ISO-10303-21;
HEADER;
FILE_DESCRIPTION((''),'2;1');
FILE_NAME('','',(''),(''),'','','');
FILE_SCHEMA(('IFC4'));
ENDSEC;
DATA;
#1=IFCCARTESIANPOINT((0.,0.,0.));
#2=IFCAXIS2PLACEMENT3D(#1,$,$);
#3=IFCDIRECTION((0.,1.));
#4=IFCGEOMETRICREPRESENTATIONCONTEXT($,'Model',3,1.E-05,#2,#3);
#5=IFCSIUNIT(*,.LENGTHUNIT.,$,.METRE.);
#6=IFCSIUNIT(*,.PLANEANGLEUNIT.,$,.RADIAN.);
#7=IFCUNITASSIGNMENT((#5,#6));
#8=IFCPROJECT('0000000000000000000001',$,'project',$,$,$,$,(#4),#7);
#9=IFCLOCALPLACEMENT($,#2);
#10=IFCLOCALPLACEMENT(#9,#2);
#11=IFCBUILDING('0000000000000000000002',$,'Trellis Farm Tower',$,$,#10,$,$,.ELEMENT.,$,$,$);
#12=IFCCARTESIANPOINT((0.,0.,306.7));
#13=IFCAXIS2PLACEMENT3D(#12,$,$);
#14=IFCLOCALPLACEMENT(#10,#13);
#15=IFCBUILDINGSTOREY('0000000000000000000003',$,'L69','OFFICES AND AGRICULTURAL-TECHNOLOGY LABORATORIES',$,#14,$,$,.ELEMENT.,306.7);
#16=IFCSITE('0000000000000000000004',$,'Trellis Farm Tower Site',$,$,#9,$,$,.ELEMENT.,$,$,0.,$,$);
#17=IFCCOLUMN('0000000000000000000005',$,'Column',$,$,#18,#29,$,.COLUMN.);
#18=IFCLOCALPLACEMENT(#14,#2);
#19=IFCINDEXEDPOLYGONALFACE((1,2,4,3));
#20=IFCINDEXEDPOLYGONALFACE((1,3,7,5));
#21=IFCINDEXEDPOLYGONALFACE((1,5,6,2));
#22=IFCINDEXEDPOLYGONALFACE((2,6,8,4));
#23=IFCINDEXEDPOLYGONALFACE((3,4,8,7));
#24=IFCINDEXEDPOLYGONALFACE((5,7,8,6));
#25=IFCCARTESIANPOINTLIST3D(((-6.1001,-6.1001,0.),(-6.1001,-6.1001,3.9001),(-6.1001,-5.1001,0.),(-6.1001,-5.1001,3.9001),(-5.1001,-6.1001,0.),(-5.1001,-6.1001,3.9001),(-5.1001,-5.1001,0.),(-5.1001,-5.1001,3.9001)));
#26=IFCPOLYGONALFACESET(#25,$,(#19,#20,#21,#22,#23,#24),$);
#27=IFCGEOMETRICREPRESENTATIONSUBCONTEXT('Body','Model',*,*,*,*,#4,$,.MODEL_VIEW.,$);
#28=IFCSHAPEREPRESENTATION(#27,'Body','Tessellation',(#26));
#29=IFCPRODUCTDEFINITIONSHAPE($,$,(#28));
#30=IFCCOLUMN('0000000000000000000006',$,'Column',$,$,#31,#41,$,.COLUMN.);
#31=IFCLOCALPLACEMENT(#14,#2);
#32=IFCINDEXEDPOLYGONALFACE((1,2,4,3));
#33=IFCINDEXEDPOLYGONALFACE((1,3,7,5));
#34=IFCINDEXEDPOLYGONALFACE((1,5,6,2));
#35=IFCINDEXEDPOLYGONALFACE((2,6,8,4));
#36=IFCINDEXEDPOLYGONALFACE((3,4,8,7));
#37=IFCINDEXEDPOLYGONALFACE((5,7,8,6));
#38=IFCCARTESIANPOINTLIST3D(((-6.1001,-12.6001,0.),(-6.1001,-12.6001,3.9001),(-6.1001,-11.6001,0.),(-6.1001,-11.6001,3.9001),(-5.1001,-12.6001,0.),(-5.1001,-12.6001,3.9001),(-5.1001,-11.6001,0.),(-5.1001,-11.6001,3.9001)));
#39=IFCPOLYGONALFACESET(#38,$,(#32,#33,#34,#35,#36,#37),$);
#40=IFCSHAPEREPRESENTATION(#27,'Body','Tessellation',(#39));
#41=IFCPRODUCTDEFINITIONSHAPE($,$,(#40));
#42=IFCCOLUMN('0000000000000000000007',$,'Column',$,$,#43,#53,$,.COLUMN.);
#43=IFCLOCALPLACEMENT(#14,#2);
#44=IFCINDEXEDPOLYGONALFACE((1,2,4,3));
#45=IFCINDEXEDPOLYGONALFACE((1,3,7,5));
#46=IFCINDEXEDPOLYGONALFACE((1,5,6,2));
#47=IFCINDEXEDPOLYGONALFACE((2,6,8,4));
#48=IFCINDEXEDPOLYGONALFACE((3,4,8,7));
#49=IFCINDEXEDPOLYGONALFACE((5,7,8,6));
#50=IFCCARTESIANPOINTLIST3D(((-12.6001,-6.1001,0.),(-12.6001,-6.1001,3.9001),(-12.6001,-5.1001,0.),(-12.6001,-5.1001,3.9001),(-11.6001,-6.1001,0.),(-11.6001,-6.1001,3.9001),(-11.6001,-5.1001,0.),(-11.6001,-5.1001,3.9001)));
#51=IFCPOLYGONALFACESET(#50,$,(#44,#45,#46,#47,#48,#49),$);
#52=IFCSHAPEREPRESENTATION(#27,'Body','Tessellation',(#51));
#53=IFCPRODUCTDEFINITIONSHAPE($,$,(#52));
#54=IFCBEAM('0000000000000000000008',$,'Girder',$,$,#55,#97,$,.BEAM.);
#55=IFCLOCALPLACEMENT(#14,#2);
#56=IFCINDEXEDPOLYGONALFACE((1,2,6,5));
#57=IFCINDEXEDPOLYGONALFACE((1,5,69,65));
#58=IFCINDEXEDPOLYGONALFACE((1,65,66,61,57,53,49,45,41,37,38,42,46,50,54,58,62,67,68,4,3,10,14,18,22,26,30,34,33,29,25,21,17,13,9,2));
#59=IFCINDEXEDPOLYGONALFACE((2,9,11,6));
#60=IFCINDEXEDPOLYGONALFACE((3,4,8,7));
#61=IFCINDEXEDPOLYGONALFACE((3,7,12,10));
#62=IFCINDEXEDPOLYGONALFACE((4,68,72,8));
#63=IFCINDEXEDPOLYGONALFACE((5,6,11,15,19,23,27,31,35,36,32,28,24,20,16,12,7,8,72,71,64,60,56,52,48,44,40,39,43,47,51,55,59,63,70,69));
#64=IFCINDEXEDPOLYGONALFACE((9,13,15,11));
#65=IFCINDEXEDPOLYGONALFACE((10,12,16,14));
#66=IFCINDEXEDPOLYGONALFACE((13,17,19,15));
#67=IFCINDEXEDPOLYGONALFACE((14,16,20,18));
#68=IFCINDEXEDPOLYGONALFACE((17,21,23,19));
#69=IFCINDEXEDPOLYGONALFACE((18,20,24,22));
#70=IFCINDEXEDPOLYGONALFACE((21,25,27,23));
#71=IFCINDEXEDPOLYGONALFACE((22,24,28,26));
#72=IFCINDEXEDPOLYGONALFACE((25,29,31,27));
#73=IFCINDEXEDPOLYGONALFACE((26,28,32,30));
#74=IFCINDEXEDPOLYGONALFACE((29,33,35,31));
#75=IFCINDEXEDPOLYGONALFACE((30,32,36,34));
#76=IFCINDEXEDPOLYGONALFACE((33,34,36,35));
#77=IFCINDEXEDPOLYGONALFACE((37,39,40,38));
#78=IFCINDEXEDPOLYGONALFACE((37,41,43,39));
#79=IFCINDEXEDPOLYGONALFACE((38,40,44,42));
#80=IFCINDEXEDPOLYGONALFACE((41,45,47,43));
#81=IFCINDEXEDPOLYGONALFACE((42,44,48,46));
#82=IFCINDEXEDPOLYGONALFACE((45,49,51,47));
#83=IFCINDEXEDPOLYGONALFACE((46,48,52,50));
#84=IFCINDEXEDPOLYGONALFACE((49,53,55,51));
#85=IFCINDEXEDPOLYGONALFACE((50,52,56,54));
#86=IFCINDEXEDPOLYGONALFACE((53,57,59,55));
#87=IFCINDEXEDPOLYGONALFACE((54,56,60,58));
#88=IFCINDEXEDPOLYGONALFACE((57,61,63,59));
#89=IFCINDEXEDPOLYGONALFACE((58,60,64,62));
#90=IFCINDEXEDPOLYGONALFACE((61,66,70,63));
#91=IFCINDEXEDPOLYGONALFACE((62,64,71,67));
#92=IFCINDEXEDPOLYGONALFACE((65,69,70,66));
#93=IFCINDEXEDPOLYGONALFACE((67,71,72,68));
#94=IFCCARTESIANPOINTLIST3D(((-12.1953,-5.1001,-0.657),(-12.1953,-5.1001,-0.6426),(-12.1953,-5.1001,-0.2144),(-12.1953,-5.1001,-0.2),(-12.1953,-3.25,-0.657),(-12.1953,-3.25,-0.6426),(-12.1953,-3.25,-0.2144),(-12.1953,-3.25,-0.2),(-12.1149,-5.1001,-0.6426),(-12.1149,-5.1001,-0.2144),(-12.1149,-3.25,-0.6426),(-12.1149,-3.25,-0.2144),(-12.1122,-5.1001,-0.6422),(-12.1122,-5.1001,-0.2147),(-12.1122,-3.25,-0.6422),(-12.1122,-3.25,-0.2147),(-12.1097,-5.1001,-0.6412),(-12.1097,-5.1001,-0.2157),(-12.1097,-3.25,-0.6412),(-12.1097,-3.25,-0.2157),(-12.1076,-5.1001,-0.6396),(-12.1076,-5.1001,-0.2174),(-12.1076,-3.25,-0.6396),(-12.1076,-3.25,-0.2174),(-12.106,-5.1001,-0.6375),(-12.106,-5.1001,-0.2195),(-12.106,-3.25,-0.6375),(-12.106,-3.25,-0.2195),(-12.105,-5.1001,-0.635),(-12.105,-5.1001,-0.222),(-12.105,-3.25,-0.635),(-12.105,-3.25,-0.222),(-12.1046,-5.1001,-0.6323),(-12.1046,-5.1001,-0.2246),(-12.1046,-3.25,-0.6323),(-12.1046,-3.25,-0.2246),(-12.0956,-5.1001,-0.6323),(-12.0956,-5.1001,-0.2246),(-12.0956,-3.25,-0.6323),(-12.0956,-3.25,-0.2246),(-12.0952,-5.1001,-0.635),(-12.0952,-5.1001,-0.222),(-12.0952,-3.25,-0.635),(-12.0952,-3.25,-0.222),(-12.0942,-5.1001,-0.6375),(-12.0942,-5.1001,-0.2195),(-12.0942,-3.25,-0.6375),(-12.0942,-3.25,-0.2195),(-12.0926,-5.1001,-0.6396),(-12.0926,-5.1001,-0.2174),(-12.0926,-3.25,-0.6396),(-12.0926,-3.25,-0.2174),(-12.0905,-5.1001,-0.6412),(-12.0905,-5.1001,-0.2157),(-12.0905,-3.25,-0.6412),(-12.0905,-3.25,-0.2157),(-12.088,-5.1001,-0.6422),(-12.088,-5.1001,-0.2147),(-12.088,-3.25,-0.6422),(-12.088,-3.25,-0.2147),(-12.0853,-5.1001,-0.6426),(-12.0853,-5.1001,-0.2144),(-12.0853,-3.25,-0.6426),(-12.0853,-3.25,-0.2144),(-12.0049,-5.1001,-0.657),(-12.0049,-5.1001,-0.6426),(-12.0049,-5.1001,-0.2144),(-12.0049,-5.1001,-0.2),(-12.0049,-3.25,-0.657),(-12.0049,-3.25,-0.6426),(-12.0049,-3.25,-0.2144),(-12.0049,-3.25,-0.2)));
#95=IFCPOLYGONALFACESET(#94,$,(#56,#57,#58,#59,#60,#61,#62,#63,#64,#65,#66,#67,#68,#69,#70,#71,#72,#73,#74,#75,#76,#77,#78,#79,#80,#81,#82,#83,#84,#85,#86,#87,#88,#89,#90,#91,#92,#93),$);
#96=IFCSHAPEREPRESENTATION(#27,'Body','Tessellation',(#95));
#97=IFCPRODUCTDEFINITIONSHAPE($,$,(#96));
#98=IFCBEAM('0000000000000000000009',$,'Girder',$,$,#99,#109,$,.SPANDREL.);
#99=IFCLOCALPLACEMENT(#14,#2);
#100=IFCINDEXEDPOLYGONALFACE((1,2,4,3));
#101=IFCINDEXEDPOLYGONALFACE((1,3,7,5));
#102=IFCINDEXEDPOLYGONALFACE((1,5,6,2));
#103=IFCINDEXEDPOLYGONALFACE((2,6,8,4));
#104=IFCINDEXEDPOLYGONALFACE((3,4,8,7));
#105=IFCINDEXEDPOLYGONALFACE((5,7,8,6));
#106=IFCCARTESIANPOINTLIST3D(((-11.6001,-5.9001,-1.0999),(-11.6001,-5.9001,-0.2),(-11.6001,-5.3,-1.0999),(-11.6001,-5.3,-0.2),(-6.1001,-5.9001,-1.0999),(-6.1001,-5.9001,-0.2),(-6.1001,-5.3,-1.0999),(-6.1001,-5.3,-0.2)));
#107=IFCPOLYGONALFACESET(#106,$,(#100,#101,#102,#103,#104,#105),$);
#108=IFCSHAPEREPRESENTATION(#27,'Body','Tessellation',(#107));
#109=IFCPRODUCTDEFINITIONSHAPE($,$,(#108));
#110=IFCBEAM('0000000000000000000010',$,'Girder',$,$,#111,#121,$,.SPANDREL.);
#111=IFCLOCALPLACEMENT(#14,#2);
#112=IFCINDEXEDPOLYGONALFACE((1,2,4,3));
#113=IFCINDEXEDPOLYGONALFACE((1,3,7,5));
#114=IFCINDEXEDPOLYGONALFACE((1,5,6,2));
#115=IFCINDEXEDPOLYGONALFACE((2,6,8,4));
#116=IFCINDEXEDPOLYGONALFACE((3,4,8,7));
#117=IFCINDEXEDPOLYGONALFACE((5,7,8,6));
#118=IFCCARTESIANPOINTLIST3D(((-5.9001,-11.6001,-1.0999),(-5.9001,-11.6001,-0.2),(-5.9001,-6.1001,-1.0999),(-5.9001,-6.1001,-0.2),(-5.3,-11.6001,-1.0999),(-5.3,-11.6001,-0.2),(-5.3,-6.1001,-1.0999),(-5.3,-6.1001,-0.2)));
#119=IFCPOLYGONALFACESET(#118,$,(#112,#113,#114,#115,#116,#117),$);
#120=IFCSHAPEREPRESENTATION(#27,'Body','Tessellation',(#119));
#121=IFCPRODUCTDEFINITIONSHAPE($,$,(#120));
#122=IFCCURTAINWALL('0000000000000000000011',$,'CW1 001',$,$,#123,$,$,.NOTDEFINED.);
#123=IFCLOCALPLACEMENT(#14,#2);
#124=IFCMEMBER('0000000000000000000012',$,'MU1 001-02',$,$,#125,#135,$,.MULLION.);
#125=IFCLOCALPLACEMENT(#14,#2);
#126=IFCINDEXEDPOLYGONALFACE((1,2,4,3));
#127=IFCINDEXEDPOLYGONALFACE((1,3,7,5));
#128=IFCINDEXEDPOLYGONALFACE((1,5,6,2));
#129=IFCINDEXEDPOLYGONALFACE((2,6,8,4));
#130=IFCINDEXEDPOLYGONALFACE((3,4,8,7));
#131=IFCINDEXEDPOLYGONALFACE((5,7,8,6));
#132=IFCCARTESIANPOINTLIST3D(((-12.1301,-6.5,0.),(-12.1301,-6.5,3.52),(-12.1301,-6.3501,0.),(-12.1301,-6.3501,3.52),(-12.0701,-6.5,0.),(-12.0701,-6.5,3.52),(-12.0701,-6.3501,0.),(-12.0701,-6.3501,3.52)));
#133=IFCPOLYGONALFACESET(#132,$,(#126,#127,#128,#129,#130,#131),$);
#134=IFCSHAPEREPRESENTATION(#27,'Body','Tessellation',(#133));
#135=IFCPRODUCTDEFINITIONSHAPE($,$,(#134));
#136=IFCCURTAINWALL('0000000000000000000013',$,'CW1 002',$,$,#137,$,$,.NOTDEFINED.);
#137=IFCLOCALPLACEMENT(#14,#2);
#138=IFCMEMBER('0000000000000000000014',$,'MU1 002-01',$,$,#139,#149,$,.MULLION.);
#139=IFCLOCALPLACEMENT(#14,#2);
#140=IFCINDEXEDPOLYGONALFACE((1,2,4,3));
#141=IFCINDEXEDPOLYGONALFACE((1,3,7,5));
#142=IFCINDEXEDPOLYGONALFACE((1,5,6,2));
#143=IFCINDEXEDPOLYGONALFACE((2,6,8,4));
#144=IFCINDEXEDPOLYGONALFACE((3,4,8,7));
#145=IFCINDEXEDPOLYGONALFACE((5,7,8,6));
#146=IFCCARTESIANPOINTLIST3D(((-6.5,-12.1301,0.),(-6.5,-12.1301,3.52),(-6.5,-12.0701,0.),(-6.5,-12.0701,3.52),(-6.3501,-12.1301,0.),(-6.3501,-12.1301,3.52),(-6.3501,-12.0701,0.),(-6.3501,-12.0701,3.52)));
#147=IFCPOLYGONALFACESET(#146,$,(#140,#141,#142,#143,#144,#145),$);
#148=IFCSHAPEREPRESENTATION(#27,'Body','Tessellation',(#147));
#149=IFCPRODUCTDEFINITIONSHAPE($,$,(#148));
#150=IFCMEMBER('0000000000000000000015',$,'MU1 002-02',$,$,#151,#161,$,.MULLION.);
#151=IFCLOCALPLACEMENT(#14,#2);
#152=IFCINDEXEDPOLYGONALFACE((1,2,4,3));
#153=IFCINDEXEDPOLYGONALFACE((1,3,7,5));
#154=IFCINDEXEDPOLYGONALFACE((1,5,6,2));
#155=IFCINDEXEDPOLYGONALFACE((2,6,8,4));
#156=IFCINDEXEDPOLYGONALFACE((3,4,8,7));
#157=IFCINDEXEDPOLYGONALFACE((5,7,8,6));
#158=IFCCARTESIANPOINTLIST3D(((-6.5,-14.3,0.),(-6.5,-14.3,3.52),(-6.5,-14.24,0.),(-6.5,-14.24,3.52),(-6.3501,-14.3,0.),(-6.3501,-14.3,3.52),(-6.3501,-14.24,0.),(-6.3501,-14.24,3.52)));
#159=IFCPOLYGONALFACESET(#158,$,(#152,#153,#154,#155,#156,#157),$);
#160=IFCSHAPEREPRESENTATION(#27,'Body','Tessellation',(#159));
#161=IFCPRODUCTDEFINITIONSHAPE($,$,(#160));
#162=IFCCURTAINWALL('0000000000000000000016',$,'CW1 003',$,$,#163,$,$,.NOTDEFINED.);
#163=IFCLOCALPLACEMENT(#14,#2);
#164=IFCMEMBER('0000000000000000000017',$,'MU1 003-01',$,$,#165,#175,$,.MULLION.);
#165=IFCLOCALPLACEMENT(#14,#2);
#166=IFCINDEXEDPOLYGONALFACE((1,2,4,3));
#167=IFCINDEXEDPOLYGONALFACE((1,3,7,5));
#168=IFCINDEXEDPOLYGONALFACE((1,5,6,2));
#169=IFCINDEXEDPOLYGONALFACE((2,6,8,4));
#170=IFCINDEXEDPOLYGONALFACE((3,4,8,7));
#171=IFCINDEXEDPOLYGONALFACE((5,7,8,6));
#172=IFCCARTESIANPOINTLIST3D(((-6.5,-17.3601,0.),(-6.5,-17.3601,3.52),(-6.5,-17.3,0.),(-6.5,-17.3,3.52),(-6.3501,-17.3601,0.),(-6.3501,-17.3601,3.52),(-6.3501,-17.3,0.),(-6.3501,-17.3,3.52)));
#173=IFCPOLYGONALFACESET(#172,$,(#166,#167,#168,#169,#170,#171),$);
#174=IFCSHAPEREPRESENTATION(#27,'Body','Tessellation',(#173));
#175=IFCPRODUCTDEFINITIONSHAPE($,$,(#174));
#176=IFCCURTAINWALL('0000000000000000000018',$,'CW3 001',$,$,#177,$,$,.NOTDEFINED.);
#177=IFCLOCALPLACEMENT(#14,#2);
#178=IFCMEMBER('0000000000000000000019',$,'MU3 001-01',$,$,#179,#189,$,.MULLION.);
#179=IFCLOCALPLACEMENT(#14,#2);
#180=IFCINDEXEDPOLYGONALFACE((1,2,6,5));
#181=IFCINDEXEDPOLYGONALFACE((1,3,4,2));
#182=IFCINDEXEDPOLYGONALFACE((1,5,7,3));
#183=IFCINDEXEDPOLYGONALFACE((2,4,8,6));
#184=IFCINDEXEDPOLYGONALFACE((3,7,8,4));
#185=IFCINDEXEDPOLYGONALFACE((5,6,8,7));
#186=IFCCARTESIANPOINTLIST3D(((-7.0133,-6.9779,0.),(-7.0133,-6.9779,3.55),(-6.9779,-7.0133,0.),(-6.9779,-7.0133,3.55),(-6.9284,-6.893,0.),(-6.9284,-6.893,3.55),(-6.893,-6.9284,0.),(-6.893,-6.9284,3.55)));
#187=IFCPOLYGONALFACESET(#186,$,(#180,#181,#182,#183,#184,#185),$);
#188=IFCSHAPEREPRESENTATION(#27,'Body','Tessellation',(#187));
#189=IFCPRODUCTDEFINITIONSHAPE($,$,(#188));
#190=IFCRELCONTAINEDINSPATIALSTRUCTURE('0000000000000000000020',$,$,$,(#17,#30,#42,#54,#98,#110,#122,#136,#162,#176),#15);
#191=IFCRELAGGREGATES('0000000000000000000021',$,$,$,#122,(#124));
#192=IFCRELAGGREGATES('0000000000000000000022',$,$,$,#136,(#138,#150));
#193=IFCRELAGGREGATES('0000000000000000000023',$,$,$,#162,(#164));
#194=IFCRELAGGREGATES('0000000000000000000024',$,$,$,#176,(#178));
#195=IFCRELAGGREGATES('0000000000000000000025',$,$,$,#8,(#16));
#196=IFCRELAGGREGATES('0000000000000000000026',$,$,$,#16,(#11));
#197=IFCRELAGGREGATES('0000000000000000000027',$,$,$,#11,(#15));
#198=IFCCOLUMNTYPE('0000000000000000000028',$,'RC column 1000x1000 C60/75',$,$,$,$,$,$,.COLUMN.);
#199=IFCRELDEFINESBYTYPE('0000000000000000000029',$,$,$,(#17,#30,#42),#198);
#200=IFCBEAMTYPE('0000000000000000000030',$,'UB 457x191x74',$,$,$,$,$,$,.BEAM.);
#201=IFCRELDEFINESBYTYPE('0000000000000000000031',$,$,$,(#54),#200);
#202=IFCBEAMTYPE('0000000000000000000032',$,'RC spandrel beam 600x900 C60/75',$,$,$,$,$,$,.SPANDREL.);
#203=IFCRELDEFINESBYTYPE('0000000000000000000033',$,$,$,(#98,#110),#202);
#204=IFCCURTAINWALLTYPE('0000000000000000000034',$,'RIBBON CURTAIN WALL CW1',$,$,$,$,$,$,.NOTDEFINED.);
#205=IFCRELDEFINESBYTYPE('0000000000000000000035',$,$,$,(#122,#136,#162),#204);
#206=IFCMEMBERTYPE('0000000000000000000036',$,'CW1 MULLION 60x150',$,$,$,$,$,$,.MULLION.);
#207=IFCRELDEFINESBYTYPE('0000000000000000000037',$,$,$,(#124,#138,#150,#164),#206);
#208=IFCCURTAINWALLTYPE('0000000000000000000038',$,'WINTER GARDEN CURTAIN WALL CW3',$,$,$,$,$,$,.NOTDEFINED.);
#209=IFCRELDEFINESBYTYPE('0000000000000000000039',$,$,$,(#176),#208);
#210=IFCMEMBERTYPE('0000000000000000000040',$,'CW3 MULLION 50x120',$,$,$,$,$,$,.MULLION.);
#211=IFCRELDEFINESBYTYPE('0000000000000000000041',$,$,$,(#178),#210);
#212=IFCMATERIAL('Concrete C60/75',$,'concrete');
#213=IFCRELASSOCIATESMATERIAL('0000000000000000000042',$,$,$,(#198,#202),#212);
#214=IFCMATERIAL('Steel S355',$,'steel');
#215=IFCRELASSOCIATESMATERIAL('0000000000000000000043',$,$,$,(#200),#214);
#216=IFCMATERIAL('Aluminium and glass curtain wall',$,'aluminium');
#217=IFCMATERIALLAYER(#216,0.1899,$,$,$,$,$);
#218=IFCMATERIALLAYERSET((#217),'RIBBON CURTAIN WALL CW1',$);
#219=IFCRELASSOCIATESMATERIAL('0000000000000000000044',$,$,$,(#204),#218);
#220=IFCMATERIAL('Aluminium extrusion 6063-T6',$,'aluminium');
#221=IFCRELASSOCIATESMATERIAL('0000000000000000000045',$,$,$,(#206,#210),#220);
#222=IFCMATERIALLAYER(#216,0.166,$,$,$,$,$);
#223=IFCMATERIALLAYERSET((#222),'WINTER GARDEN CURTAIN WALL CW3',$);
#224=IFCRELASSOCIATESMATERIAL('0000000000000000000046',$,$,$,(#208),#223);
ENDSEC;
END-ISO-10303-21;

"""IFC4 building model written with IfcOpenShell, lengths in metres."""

from ifc_helpers import new_model, si_unit, direction, frame, origin, origin_2d, place, context, subcontext, project, spatial, rectangle, i_section, extrude, source, transform, mapped, material, layer, layer_set, material_profile, profile_set, type_object, element, aggregate, save


model = new_model("IFC4")

# Units and contexts
model_context = context("Model", 3, precision=1e-05, world=origin(), true_north=direction((0.0, 1.0)))
body_context = subcontext(model_context, "Body", "Model", "MODEL_VIEW")
ifc_project = project(units=[si_unit("LENGTHUNIT", "METRE"), si_unit("PLANEANGLEUNIT", "RADIAN")], contexts=[model_context])

# Site, building, storey
site_placement = place(None, origin())
site = spatial("IfcSite", under=ifc_project, at=site_placement, Name="Trellis Farm Tower Site", CompositionType="ELEMENT", RefElevation=0.0)
building_placement = place(site_placement, origin())
building = spatial("IfcBuilding", under=site, at=building_placement, Name="Trellis Farm Tower", CompositionType="ELEMENT")
storey_placement = place(building_placement, frame((0.0, 0.0, 306.7)))
storey = spatial("IfcBuildingStorey", under=building, at=storey_placement, Name="L69", Description="OFFICES AND AGRICULTURAL-TECHNOLOGY LABORATORIES", CompositionType="ELEMENT", Elevation=306.7)

# Columns
ifc_material_1 = material(Name="Concrete C60/75", Category="concrete")
ifc_material_profile_1 = material_profile(ifc_material_1, rectangle(XDim=1.0, YDim=1.0, at=origin_2d()), Name="RC column 1000x1000 C60/75")
ifc_profile_set_1 = profile_set([ifc_material_profile_1], Name="Concrete C60/75")
column_type = type_object("IfcColumnType", Name="RC column 1000x1000 C60/75", PredefinedType="COLUMN", material=ifc_profile_set_1)
shared_shape_1 = source(origin(), body_context, "Body", "SweptSolid", [
    extrude(rectangle(XDim=1.0, YDim=1.0, at=origin_2d()), origin(), (0.0, 0.0, 1.0), 3.9001),
])
for number, where, z_axis, x_axis, name in (
    (1, (-5.6001, -5.6001, 0.0), (0.0, 0.0, 1.0), (1.0, 0.0, 0.0), "Column"),
    (2, (-5.6001, -12.1001, 0.0), (0.0, 0.0, 1.0), (1.0, 0.0, 0.0), "Column"),
    (3, (-12.1001, -5.6001, 0.0), (0.0, 0.0, 1.0), (1.0, 0.0, 0.0), "Column"),
):
    element("IfcColumn", number, at=place(storey_placement, frame(where, z_axis=z_axis, x_axis=x_axis)), inside=storey, type_object=column_type, Name=name, PredefinedType="COLUMN", context=body_context, shape_type="MappedRepresentation", body=[
        mapped(shared_shape_1, transform((0.0, 0.0, 0.0))),
    ])

# Beams
ifc_material_2 = material(Name="Steel S355", Category="steel")
ifc_material_profile_2 = material_profile(ifc_material_2, i_section(OverallWidth=0.1904, OverallDepth=0.457, WebThickness=0.009, FlangeThickness=0.0144, FilletRadius=0.0103, at=origin_2d()), Name="UB 457x191x74")
ifc_profile_set_2 = profile_set([ifc_material_profile_2], Name="Steel S355")
beam_type_1 = type_object("IfcBeamType", Name="UB 457x191x74", PredefinedType="BEAM", material=ifc_profile_set_2)
shared_shape_2 = source(origin(), body_context, "Body", "SweptSolid", [
    extrude(i_section(OverallWidth=0.1904, OverallDepth=0.457, WebThickness=0.009, FlangeThickness=0.0144, FilletRadius=0.0103, at=origin_2d()), origin(), (0.0, 0.0, 1.0), 1.8501),
])
beam_placement = place(storey_placement, frame((-12.1001, -5.1001, -0.4285), z_axis=(0.0, 1.0, 0.0), x_axis=(-1.0, 0.0, 0.0)))
element("IfcBeam", 4, at=beam_placement, inside=storey, type_object=beam_type_1, Name="Girder", PredefinedType="BEAM", context=body_context, shape_type="MappedRepresentation", body=[
    mapped(shared_shape_2, transform((0.0, 0.0, 0.0))),
])
ifc_material_profile_3 = material_profile(ifc_material_1, rectangle(XDim=0.6001, YDim=0.8999, at=origin_2d()), Name="RC spandrel beam 600x900 C60/75")
ifc_profile_set_3 = profile_set([ifc_material_profile_3], Name="Concrete C60/75")
beam_type_2 = type_object("IfcBeamType", Name="RC spandrel beam 600x900 C60/75", PredefinedType="SPANDREL", material=ifc_profile_set_3)
shared_shape_3 = source(origin(), body_context, "Body", "SweptSolid", [
    extrude(rectangle(XDim=0.6001, YDim=0.8999, at=origin_2d()), origin(), (0.0, 0.0, 1.0), 5.5),
])
for number, where, z_axis, x_axis, name in (
    (5, (-11.6001, -5.6001, -0.6499), (1.0, 0.0, 0.0), (0.0, 1.0, 0.0), "Girder"),
    (6, (-5.6001, -11.6001, -0.6499), (0.0, 1.0, 0.0), (-1.0, 0.0, 0.0), "Girder"),
):
    element("IfcBeam", number, at=place(storey_placement, frame(where, z_axis=z_axis, x_axis=x_axis)), inside=storey, type_object=beam_type_2, Name=name, PredefinedType="SPANDREL", context=body_context, shape_type="MappedRepresentation", body=[
        mapped(shared_shape_3, transform((0.0, 0.0, 0.0))),
    ])

# Curtain wall, member
ifc_material_3 = material(Name="Aluminium and glass curtain wall", Category="aluminium")
ifc_layer_1 = layer(ifc_material_3, 0.1899)
ifc_layer_set_1 = layer_set([ifc_layer_1], Name="RIBBON CURTAIN WALL CW1")
curtain_wall_type_1 = type_object("IfcCurtainWallType", Name="RIBBON CURTAIN WALL CW1", PredefinedType="NOTDEFINED", material=ifc_layer_set_1)
placement = place(storey_placement, origin())
curtain_wall_1 = element("IfcCurtainWall", 7, at=placement, inside=storey, type_object=curtain_wall_type_1, Name="CW1 001", PredefinedType="NOTDEFINED")
ifc_material_4 = material(Name="Aluminium extrusion 6063-T6", Category="aluminium")
ifc_material_profile_4 = material_profile(ifc_material_4, rectangle(XDim=0.0601, YDim=0.1499, at=origin_2d()), Name="MULLION 60x150")
ifc_profile_set_4 = profile_set([ifc_material_profile_4], Name="Aluminium extrusion 6063-T6")
member_type_1 = type_object("IfcMemberType", Name="CW1 MULLION 60x150", PredefinedType="MULLION", material=ifc_profile_set_4)
shared_shape_4 = source(origin(), body_context, "Body", "SweptSolid", [
    extrude(rectangle(XDim=0.0601, YDim=0.1499, at=origin_2d()), origin(), (0.0, 0.0, 1.0), 3.52),
])
member_1_placement = place(storey_placement, frame((-12.1001, -6.425, 0.0), z_axis=(0.0, 0.0, 1.0), x_axis=(1.0, 0.0, 0.0)))
member_1 = element("IfcMember", 8, at=member_1_placement, type_object=member_type_1, Name="MU1 001-02", PredefinedType="MULLION", context=body_context, shape_type="MappedRepresentation", body=[
    mapped(shared_shape_4, transform((0.0, 0.0, 0.0))),
])
aggregate(curtain_wall_1, [member_1])

# Curtain wall, members
curtain_wall_2 = element("IfcCurtainWall", 9, at=placement, inside=storey, type_object=curtain_wall_type_1, Name="CW1 002", PredefinedType="NOTDEFINED")
member_2_placement = place(storey_placement, frame((-6.425, -12.1001, 0.0), z_axis=(0.0, 0.0, 1.0), x_axis=(0.0, -1.0, 0.0)))
member_2 = element("IfcMember", 10, at=member_2_placement, type_object=member_type_1, Name="MU1 002-01", PredefinedType="MULLION", context=body_context, shape_type="MappedRepresentation", body=[
    mapped(shared_shape_4, transform((0.0, 0.0, 0.0))),
])
member_3_placement = place(storey_placement, frame((-6.425, -14.27, 0.0), z_axis=(0.0, 0.0, 1.0), x_axis=(0.0, -1.0, 0.0)))
member_3 = element("IfcMember", 11, at=member_3_placement, type_object=member_type_1, Name="MU1 002-02", PredefinedType="MULLION", context=body_context, shape_type="MappedRepresentation", body=[
    mapped(shared_shape_4, transform((0.0, 0.0, 0.0))),
])
aggregate(curtain_wall_2, [member_2, member_3])

# Curtain walls, members
curtain_wall_3 = element("IfcCurtainWall", 12, at=placement, inside=storey, type_object=curtain_wall_type_1, Name="CW1 003", PredefinedType="NOTDEFINED")
member_4_placement = place(storey_placement, frame((-6.425, -17.3301, 0.0), z_axis=(0.0, 0.0, 1.0), x_axis=(0.0, -1.0, 0.0)))
member_4 = element("IfcMember", 13, at=member_4_placement, type_object=member_type_1, Name="MU1 003-01", PredefinedType="MULLION", context=body_context, shape_type="MappedRepresentation", body=[
    mapped(shared_shape_4, transform((0.0, 0.0, 0.0))),
])
aggregate(curtain_wall_3, [member_4])
ifc_layer_2 = layer(ifc_material_3, 0.166)
ifc_layer_set_2 = layer_set([ifc_layer_2], Name="WINTER GARDEN CURTAIN WALL CW3")
curtain_wall_type_2 = type_object("IfcCurtainWallType", Name="WINTER GARDEN CURTAIN WALL CW3", PredefinedType="NOTDEFINED", material=ifc_layer_set_2)
curtain_wall_4 = element("IfcCurtainWall", 14, at=placement, inside=storey, type_object=curtain_wall_type_2, Name="CW3 001", PredefinedType="NOTDEFINED")
ifc_material_profile_5 = material_profile(ifc_material_4, rectangle(XDim=0.05, YDim=0.1201, at=origin_2d()), Name="MULLION 50x120")
ifc_profile_set_5 = profile_set([ifc_material_profile_5], Name="Aluminium extrusion 6063-T6")
member_type_2 = type_object("IfcMemberType", Name="CW3 MULLION 50x120", PredefinedType="MULLION", material=ifc_profile_set_5)
shared_shape_5 = source(origin(), body_context, "Body", "SweptSolid", [
    extrude(rectangle(XDim=0.05, YDim=0.1201, at=origin_2d()), origin(), (0.0, 0.0, 1.0), 3.55),
])
member_5_placement = place(storey_placement, frame((-6.9531, -6.9531, 0.0), z_axis=(0.0, 0.0, 1.0), x_axis=(0.707107, -0.707107, 0.0)))
member_5 = element("IfcMember", 15, at=member_5_placement, type_object=member_type_2, Name="MU3 001-01", PredefinedType="MULLION", context=body_context, shape_type="MappedRepresentation", body=[
    mapped(shared_shape_5, transform((0.0, 0.0, 0.0))),
])
aggregate(curtain_wall_4, [member_5])

save(model, "model.ifc")
